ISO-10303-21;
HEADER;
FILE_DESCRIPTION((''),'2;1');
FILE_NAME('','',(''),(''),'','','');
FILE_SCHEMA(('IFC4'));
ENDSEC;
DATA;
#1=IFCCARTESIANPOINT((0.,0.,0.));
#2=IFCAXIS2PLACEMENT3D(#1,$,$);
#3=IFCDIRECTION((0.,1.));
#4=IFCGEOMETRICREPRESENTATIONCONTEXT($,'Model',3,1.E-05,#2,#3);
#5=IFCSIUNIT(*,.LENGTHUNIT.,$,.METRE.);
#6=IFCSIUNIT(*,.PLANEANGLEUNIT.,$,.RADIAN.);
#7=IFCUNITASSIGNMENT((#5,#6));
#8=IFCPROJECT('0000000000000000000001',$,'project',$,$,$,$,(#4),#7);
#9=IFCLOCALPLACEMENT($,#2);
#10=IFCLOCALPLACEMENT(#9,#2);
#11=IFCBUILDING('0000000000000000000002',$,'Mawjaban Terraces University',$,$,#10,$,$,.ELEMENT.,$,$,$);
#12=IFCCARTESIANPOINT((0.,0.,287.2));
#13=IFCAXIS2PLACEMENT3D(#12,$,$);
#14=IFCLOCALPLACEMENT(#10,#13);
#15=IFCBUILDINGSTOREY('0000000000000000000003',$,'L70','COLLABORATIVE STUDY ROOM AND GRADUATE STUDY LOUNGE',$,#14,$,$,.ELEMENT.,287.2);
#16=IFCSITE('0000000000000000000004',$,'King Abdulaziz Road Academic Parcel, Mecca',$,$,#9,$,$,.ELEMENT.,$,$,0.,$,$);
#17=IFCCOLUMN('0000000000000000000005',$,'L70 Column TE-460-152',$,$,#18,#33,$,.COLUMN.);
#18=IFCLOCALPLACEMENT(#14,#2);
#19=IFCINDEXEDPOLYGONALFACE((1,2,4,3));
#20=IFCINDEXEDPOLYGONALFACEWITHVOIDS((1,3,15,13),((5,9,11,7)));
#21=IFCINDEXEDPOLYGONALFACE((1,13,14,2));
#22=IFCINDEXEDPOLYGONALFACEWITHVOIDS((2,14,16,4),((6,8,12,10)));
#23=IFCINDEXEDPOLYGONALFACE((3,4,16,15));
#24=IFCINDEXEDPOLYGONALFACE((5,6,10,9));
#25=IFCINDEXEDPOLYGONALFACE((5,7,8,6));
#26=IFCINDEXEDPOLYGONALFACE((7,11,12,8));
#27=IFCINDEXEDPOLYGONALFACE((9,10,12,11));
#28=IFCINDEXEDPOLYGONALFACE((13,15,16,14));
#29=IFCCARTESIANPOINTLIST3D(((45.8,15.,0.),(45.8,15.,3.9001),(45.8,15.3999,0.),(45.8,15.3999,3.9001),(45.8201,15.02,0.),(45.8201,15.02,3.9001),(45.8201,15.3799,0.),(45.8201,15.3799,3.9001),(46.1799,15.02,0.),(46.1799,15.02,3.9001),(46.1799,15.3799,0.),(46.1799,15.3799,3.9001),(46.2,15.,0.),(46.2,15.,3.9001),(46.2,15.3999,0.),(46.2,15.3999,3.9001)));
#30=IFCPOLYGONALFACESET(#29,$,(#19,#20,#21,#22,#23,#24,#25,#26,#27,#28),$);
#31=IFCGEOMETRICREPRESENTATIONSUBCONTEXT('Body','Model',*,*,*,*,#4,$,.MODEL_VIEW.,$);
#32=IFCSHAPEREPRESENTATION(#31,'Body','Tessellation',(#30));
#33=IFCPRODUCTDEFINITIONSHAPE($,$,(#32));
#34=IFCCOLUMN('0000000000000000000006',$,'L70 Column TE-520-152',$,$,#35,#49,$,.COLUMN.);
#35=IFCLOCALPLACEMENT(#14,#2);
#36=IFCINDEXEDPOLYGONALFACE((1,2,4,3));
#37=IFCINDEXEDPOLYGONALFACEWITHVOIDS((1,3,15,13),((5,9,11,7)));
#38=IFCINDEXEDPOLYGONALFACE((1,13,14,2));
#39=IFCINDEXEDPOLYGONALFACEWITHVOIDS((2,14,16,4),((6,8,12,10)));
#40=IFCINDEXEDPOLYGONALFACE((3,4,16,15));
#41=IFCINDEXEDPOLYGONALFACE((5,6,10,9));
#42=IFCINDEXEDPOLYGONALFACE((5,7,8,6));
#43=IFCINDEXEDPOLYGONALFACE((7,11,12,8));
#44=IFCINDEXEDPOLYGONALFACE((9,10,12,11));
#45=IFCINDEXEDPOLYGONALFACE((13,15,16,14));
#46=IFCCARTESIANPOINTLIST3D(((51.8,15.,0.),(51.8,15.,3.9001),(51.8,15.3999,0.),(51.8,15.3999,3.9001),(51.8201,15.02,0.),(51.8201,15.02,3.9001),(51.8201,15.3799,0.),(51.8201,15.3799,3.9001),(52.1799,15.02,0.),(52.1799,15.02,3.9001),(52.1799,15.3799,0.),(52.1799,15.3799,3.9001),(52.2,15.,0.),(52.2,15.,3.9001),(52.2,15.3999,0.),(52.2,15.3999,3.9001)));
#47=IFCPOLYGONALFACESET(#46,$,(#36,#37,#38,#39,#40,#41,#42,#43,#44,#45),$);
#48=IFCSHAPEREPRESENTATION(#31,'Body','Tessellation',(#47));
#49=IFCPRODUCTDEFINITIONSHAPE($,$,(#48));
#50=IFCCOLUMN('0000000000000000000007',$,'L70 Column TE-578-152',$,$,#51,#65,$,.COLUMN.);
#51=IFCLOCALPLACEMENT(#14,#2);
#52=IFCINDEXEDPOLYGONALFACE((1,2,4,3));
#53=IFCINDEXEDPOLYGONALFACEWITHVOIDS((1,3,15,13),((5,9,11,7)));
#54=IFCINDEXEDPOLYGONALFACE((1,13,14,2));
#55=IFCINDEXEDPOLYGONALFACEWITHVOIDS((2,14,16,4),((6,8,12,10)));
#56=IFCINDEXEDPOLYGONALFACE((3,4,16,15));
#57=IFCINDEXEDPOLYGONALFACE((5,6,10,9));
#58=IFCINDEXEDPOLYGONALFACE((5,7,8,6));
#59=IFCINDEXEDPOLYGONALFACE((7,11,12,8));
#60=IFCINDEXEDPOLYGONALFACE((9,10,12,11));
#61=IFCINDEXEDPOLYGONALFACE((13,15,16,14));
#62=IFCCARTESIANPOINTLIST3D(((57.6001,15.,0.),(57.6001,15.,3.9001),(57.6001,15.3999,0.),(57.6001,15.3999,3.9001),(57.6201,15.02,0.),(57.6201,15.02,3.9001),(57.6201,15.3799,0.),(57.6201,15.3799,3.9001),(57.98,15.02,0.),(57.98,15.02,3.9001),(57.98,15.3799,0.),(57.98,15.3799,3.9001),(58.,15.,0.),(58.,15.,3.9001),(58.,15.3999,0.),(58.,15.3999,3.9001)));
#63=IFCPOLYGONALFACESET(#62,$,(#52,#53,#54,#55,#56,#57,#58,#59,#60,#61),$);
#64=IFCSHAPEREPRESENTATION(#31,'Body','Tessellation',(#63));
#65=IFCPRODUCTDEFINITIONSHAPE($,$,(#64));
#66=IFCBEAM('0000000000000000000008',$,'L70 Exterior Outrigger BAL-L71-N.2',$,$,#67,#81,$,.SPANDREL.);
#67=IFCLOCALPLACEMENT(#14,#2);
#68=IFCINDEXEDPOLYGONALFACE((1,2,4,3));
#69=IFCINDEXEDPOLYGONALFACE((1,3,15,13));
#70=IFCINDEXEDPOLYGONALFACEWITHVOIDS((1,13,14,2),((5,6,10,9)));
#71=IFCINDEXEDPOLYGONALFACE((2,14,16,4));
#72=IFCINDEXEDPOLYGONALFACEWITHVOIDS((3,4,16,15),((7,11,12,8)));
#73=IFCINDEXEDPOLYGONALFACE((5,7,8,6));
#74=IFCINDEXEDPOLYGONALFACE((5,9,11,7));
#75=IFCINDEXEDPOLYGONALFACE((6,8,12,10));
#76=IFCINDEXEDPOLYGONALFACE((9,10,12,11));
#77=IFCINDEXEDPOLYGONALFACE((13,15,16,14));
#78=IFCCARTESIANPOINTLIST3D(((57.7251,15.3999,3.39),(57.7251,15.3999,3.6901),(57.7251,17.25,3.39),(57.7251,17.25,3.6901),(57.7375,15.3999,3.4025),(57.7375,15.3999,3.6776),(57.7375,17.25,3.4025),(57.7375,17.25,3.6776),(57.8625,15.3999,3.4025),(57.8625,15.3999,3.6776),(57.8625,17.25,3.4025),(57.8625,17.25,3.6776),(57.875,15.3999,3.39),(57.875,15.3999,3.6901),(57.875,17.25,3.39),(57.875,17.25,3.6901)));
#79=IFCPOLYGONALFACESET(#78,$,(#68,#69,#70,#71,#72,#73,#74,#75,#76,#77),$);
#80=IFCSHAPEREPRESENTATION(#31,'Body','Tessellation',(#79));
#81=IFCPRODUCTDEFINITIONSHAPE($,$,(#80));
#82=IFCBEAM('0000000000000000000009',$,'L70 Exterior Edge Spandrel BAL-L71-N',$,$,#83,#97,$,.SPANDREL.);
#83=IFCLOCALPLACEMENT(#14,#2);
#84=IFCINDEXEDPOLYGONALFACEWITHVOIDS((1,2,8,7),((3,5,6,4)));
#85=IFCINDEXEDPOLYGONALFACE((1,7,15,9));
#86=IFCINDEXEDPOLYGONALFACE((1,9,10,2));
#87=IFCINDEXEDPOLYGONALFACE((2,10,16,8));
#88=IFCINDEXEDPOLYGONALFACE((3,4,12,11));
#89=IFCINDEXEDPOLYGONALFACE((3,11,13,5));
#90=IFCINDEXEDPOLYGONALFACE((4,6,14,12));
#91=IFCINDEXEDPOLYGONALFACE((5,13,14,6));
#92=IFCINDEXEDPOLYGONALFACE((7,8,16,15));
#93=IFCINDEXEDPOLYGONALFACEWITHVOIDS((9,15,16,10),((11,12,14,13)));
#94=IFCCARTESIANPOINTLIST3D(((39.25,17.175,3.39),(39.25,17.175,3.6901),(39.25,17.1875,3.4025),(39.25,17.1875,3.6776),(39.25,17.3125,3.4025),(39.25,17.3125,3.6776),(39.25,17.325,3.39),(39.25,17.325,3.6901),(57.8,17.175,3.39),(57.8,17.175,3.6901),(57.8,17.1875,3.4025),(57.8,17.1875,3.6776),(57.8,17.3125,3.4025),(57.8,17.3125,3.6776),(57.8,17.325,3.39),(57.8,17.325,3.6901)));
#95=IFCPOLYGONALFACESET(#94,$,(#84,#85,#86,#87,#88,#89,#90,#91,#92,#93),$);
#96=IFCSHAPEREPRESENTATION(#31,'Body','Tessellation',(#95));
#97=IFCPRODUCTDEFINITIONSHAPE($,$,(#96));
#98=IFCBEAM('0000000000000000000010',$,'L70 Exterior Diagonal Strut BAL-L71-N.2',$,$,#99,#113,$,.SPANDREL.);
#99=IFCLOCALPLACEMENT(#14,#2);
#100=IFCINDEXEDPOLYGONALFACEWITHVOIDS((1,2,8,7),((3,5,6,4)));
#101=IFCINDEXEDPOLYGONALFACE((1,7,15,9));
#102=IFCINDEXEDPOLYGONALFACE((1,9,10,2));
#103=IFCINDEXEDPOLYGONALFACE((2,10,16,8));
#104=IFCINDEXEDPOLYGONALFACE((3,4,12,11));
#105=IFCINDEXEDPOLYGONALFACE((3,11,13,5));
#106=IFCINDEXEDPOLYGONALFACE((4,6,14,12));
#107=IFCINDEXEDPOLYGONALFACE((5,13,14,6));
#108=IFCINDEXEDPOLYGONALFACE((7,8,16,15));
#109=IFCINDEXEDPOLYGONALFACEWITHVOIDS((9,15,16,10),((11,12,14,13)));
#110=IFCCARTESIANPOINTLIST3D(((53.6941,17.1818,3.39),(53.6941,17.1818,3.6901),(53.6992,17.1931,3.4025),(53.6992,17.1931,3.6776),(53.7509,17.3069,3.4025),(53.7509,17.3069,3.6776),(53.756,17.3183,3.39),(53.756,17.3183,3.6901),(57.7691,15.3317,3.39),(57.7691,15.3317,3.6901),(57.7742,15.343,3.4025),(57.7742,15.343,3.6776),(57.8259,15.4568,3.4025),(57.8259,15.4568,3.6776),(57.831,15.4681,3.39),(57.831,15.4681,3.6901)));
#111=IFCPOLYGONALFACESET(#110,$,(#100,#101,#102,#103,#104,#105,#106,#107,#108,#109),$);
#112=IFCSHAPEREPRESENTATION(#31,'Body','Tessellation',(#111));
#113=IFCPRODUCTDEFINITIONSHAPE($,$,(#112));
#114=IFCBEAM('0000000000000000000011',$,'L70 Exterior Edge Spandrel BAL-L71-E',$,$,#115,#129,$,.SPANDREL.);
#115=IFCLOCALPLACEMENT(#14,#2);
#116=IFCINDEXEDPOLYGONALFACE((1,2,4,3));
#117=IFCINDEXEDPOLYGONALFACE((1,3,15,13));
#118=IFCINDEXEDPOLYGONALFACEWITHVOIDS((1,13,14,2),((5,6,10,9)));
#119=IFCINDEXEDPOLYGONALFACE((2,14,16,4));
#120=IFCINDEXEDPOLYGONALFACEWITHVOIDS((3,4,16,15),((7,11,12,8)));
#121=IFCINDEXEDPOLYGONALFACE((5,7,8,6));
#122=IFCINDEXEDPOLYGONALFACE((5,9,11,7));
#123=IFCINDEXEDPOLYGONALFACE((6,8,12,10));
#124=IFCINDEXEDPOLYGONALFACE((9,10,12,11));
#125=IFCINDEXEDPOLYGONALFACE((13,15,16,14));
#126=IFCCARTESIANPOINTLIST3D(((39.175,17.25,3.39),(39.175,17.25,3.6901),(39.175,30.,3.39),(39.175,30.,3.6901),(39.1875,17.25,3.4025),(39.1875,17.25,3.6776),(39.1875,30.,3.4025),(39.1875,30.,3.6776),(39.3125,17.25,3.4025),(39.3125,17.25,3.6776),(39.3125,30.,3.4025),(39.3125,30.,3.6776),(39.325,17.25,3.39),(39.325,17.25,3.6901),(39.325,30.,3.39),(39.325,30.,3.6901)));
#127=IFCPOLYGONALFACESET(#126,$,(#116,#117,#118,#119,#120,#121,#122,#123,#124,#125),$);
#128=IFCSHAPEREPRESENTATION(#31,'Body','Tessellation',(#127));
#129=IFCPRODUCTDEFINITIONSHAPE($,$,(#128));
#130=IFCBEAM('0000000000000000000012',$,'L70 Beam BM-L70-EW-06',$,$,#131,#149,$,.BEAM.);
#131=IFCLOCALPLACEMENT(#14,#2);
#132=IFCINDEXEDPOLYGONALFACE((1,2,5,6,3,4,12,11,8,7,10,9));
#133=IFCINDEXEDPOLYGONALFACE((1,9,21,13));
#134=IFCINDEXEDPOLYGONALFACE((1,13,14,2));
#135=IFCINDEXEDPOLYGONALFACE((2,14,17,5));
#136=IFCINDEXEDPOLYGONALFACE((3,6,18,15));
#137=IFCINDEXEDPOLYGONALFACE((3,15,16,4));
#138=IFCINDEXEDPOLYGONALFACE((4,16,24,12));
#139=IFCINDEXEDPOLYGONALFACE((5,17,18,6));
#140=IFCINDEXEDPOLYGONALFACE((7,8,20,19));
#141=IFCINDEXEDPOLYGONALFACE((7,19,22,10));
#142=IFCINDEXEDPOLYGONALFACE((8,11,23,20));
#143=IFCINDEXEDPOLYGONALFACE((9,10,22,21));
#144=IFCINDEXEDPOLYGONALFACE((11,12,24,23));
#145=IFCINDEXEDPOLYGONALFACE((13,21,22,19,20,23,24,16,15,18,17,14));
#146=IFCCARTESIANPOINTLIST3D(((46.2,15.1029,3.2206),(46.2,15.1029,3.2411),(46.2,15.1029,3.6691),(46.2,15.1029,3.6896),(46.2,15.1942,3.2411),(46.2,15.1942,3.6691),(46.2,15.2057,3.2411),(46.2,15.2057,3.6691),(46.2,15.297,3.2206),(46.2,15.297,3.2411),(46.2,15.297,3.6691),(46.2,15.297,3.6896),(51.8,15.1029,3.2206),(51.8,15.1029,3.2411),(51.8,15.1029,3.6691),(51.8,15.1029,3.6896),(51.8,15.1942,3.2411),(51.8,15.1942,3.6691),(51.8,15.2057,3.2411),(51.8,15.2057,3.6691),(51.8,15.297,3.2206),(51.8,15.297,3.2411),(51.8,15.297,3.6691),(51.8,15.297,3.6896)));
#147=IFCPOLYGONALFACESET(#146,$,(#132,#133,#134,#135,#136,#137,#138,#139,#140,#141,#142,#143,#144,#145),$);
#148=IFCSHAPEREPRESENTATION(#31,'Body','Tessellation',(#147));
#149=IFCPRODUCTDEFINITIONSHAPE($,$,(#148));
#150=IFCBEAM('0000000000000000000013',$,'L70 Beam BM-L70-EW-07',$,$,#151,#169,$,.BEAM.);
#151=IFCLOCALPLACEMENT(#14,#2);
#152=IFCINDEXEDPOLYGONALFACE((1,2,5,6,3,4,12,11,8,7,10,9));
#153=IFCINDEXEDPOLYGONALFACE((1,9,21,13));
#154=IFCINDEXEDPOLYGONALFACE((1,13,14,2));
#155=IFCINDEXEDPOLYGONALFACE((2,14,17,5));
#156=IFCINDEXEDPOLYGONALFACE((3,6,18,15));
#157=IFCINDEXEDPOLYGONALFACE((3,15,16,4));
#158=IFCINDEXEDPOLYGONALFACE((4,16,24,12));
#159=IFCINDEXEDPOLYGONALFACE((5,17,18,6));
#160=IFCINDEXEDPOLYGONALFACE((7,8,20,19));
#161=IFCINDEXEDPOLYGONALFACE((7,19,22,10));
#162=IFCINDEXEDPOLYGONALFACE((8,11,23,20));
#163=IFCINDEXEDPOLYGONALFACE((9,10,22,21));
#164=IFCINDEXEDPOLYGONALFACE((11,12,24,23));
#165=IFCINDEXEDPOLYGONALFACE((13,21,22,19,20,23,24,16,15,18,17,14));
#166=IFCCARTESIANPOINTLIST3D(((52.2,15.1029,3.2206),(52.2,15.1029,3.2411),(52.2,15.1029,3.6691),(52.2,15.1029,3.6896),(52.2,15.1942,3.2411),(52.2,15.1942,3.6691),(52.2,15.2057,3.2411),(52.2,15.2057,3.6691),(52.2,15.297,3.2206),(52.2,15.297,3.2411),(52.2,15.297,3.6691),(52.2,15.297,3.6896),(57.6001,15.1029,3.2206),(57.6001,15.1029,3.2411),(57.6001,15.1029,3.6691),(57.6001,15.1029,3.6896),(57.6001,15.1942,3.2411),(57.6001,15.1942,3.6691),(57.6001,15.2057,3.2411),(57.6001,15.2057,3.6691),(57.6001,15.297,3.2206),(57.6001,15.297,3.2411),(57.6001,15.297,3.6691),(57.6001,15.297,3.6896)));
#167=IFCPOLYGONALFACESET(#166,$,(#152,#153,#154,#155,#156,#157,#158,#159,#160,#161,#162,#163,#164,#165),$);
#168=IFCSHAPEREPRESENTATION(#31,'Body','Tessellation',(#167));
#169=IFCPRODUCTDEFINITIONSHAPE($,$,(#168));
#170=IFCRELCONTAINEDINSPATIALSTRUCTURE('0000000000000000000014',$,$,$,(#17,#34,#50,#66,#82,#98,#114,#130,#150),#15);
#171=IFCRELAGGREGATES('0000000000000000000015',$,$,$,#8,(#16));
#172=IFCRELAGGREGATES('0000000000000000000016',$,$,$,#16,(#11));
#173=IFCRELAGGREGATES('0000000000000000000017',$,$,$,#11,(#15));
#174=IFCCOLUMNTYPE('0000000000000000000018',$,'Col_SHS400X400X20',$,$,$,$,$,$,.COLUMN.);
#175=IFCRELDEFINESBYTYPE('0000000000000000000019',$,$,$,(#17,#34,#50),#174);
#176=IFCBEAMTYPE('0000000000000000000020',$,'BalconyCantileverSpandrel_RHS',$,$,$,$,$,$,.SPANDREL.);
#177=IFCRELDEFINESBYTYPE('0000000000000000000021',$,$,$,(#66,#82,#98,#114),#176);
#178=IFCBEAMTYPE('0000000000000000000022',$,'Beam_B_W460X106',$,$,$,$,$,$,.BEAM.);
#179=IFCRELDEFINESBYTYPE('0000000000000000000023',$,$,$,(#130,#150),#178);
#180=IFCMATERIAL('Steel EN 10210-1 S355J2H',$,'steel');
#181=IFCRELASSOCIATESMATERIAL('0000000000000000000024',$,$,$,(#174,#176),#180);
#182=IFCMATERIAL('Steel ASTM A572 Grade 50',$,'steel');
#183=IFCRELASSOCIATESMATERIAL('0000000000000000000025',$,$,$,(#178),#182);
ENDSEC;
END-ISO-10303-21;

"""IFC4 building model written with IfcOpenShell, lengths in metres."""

from ifc_helpers import new_model, si_unit, direction, frame, origin, origin_2d, place, context, subcontext, project, spatial, hollow_rectangle, i_section, extrude, material, material_profile, profile_set, type_object, element, save


model = new_model("IFC4")

# Units and contexts
model_context = context("Model", 3, precision=1e-05, world=origin(), true_north=direction((0.0, 1.0)))
body_context = subcontext(model_context, "Body", "Model", "MODEL_VIEW")
ifc_project = project(units=[si_unit("LENGTHUNIT", "METRE"), si_unit("PLANEANGLEUNIT", "RADIAN")], contexts=[model_context])

# Site, building, storey
site_placement = place(None, origin())
site = spatial("IfcSite", under=ifc_project, at=site_placement, Name="King Abdulaziz Road Academic Parcel, Mecca", CompositionType="ELEMENT", RefElevation=0.0)
building_placement = place(site_placement, origin())
building = spatial("IfcBuilding", under=site, at=building_placement, Name="Mawjaban Terraces University", CompositionType="ELEMENT")
storey_placement = place(building_placement, frame((0.0, 0.0, 287.2)))
storey = spatial("IfcBuildingStorey", under=building, at=storey_placement, Name="L70", Description="COLLABORATIVE STUDY ROOM AND GRADUATE STUDY LOUNGE", CompositionType="ELEMENT", Elevation=287.2)

# Columns
ifc_material_1 = material(Name="Steel EN 10210-1 S355J2H", Category="steel")
ifc_material_profile_1 = material_profile(ifc_material_1, hollow_rectangle(XDim=0.3999, YDim=0.3999, WallThickness=0.02, at=origin_2d()), Name="SHS400X400X20")
ifc_profile_set_1 = profile_set([ifc_material_profile_1], Name="Steel EN 10210-1 S355J2H")
column_type = type_object("IfcColumnType", Name="Col_SHS400X400X20", PredefinedType="COLUMN", material=ifc_profile_set_1)
for number, where, z_axis, x_axis, name in (
    (1, (46.0, 15.2, 0.0), (0.0, 0.0, 1.0), (1.0, 0.0, 0.0), "L70 Column TE-460-152"),
    (2, (52.0, 15.2, 0.0), (0.0, 0.0, 1.0), (1.0, 0.0, 0.0), "L70 Column TE-520-152"),
    (3, (57.8, 15.2, 0.0), (0.0, 0.0, 1.0), (1.0, 0.0, 0.0), "L70 Column TE-578-152"),
):
    element("IfcColumn", number, at=place(storey_placement, frame(where, z_axis=z_axis, x_axis=x_axis)), inside=storey, type_object=column_type, Name=name, PredefinedType="COLUMN", context=body_context, shape_type="SweptSolid", body=[
        extrude(hollow_rectangle(XDim=0.3999, YDim=0.3999, WallThickness=0.02, at=origin_2d()), origin(), (0.0, 0.0, 1.0), 3.9001),
    ])

# Beams
ifc_material_profile_2 = material_profile(ifc_material_1, hollow_rectangle(XDim=0.1499, YDim=0.3, WallThickness=0.0125, at=origin_2d()), Name="RHS300X150X12.5")
ifc_profile_set_2 = profile_set([ifc_material_profile_2], Name="Steel EN 10210-1 S355J2H")
beam_type_1 = type_object("IfcBeamType", Name="BalconyCantileverSpandrel_RHS", PredefinedType="SPANDREL", material=ifc_profile_set_2)
beam_1_placement = place(storey_placement, frame((57.8, 15.3999, 3.54), z_axis=(0.0, 1.0, 0.0), x_axis=(-1.0, 0.0, 0.0)))
element("IfcBeam", 4, at=beam_1_placement, inside=storey, type_object=beam_type_1, Name="L70 Exterior Outrigger BAL-L71-N.2", PredefinedType="SPANDREL", context=body_context, shape_type="SweptSolid", body=[
    extrude(hollow_rectangle(XDim=0.1499, YDim=0.3, WallThickness=0.0125, at=origin_2d()), origin(), (0.0, 0.0, 1.0), 1.8501),
])
beam_2_placement = place(storey_placement, frame((39.25, 17.25, 3.54), z_axis=(1.0, 0.0, 0.0), x_axis=(0.0, 1.0, 0.0)))
element("IfcBeam", 5, at=beam_2_placement, inside=storey, type_object=beam_type_1, Name="L70 Exterior Edge Spandrel BAL-L71-N", PredefinedType="SPANDREL", context=body_context, shape_type="SweptSolid", body=[
    extrude(hollow_rectangle(XDim=0.1499, YDim=0.3, WallThickness=0.0125, at=origin_2d()), origin(), (0.0, 0.0, 1.0), 18.55),
])
beam_3_placement = place(storey_placement, frame((57.8, 15.3999, 3.54), z_axis=(-0.910548, 0.413404, 0.0), x_axis=(-0.413404, -0.910548, 0.0)))
element("IfcBeam", 6, at=beam_3_placement, inside=storey, type_object=beam_type_1, Name="L70 Exterior Diagonal Strut BAL-L71-N.2", PredefinedType="SPANDREL", context=body_context, shape_type="SweptSolid", body=[
    extrude(hollow_rectangle(XDim=0.1499, YDim=0.3, WallThickness=0.0125, at=origin_2d()), origin(), (0.0, 0.0, 1.0), 4.4753),
])
beam_4_placement = place(storey_placement, frame((39.25, 17.25, 3.54), z_axis=(0.0, 1.0, 0.0), x_axis=(-1.0, 0.0, 0.0)))
element("IfcBeam", 7, at=beam_4_placement, inside=storey, type_object=beam_type_1, Name="L70 Exterior Edge Spandrel BAL-L71-E", PredefinedType="SPANDREL", context=body_context, shape_type="SweptSolid", body=[
    extrude(hollow_rectangle(XDim=0.1499, YDim=0.3, WallThickness=0.0125, at=origin_2d()), origin(), (0.0, 0.0, 1.0), 12.75),
])
ifc_material_2 = material(Name="Steel ASTM A572 Grade 50", Category="steel")
ifc_material_profile_3 = material_profile(ifc_material_2, i_section(OverallWidth=0.1941, OverallDepth=0.469, WebThickness=0.0115, FlangeThickness=0.0205, at=origin_2d()), Name="W460X106")
ifc_profile_set_3 = profile_set([ifc_material_profile_3], Name="Steel ASTM A572 Grade 50")
beam_type_2 = type_object("IfcBeamType", Name="Beam_B_W460X106", PredefinedType="BEAM", material=ifc_profile_set_3)
beam_5_placement = place(storey_placement, frame((46.2, 15.2, 3.4551), z_axis=(1.0, 0.0, 0.0), x_axis=(0.0, 1.0, 0.0)))
element("IfcBeam", 8, at=beam_5_placement, inside=storey, type_object=beam_type_2, Name="L70 Beam BM-L70-EW-06", PredefinedType="BEAM", context=body_context, shape_type="SweptSolid", body=[
    extrude(i_section(OverallWidth=0.1941, OverallDepth=0.469, WebThickness=0.0115, FlangeThickness=0.0205, at=origin_2d()), origin(), (0.0, 0.0, 1.0), 5.6001),
])
beam_6_placement = place(storey_placement, frame((52.2, 15.2, 3.4551), z_axis=(1.0, 0.0, 0.0), x_axis=(0.0, 1.0, 0.0)))
element("IfcBeam", 9, at=beam_6_placement, inside=storey, type_object=beam_type_2, Name="L70 Beam BM-L70-EW-07", PredefinedType="BEAM", context=body_context, shape_type="SweptSolid", body=[
    extrude(i_section(OverallWidth=0.1941, OverallDepth=0.469, WebThickness=0.0115, FlangeThickness=0.0205, at=origin_2d()), origin(), (0.0, 0.0, 1.0), 5.4001),
])

save(model, "model.ifc")
